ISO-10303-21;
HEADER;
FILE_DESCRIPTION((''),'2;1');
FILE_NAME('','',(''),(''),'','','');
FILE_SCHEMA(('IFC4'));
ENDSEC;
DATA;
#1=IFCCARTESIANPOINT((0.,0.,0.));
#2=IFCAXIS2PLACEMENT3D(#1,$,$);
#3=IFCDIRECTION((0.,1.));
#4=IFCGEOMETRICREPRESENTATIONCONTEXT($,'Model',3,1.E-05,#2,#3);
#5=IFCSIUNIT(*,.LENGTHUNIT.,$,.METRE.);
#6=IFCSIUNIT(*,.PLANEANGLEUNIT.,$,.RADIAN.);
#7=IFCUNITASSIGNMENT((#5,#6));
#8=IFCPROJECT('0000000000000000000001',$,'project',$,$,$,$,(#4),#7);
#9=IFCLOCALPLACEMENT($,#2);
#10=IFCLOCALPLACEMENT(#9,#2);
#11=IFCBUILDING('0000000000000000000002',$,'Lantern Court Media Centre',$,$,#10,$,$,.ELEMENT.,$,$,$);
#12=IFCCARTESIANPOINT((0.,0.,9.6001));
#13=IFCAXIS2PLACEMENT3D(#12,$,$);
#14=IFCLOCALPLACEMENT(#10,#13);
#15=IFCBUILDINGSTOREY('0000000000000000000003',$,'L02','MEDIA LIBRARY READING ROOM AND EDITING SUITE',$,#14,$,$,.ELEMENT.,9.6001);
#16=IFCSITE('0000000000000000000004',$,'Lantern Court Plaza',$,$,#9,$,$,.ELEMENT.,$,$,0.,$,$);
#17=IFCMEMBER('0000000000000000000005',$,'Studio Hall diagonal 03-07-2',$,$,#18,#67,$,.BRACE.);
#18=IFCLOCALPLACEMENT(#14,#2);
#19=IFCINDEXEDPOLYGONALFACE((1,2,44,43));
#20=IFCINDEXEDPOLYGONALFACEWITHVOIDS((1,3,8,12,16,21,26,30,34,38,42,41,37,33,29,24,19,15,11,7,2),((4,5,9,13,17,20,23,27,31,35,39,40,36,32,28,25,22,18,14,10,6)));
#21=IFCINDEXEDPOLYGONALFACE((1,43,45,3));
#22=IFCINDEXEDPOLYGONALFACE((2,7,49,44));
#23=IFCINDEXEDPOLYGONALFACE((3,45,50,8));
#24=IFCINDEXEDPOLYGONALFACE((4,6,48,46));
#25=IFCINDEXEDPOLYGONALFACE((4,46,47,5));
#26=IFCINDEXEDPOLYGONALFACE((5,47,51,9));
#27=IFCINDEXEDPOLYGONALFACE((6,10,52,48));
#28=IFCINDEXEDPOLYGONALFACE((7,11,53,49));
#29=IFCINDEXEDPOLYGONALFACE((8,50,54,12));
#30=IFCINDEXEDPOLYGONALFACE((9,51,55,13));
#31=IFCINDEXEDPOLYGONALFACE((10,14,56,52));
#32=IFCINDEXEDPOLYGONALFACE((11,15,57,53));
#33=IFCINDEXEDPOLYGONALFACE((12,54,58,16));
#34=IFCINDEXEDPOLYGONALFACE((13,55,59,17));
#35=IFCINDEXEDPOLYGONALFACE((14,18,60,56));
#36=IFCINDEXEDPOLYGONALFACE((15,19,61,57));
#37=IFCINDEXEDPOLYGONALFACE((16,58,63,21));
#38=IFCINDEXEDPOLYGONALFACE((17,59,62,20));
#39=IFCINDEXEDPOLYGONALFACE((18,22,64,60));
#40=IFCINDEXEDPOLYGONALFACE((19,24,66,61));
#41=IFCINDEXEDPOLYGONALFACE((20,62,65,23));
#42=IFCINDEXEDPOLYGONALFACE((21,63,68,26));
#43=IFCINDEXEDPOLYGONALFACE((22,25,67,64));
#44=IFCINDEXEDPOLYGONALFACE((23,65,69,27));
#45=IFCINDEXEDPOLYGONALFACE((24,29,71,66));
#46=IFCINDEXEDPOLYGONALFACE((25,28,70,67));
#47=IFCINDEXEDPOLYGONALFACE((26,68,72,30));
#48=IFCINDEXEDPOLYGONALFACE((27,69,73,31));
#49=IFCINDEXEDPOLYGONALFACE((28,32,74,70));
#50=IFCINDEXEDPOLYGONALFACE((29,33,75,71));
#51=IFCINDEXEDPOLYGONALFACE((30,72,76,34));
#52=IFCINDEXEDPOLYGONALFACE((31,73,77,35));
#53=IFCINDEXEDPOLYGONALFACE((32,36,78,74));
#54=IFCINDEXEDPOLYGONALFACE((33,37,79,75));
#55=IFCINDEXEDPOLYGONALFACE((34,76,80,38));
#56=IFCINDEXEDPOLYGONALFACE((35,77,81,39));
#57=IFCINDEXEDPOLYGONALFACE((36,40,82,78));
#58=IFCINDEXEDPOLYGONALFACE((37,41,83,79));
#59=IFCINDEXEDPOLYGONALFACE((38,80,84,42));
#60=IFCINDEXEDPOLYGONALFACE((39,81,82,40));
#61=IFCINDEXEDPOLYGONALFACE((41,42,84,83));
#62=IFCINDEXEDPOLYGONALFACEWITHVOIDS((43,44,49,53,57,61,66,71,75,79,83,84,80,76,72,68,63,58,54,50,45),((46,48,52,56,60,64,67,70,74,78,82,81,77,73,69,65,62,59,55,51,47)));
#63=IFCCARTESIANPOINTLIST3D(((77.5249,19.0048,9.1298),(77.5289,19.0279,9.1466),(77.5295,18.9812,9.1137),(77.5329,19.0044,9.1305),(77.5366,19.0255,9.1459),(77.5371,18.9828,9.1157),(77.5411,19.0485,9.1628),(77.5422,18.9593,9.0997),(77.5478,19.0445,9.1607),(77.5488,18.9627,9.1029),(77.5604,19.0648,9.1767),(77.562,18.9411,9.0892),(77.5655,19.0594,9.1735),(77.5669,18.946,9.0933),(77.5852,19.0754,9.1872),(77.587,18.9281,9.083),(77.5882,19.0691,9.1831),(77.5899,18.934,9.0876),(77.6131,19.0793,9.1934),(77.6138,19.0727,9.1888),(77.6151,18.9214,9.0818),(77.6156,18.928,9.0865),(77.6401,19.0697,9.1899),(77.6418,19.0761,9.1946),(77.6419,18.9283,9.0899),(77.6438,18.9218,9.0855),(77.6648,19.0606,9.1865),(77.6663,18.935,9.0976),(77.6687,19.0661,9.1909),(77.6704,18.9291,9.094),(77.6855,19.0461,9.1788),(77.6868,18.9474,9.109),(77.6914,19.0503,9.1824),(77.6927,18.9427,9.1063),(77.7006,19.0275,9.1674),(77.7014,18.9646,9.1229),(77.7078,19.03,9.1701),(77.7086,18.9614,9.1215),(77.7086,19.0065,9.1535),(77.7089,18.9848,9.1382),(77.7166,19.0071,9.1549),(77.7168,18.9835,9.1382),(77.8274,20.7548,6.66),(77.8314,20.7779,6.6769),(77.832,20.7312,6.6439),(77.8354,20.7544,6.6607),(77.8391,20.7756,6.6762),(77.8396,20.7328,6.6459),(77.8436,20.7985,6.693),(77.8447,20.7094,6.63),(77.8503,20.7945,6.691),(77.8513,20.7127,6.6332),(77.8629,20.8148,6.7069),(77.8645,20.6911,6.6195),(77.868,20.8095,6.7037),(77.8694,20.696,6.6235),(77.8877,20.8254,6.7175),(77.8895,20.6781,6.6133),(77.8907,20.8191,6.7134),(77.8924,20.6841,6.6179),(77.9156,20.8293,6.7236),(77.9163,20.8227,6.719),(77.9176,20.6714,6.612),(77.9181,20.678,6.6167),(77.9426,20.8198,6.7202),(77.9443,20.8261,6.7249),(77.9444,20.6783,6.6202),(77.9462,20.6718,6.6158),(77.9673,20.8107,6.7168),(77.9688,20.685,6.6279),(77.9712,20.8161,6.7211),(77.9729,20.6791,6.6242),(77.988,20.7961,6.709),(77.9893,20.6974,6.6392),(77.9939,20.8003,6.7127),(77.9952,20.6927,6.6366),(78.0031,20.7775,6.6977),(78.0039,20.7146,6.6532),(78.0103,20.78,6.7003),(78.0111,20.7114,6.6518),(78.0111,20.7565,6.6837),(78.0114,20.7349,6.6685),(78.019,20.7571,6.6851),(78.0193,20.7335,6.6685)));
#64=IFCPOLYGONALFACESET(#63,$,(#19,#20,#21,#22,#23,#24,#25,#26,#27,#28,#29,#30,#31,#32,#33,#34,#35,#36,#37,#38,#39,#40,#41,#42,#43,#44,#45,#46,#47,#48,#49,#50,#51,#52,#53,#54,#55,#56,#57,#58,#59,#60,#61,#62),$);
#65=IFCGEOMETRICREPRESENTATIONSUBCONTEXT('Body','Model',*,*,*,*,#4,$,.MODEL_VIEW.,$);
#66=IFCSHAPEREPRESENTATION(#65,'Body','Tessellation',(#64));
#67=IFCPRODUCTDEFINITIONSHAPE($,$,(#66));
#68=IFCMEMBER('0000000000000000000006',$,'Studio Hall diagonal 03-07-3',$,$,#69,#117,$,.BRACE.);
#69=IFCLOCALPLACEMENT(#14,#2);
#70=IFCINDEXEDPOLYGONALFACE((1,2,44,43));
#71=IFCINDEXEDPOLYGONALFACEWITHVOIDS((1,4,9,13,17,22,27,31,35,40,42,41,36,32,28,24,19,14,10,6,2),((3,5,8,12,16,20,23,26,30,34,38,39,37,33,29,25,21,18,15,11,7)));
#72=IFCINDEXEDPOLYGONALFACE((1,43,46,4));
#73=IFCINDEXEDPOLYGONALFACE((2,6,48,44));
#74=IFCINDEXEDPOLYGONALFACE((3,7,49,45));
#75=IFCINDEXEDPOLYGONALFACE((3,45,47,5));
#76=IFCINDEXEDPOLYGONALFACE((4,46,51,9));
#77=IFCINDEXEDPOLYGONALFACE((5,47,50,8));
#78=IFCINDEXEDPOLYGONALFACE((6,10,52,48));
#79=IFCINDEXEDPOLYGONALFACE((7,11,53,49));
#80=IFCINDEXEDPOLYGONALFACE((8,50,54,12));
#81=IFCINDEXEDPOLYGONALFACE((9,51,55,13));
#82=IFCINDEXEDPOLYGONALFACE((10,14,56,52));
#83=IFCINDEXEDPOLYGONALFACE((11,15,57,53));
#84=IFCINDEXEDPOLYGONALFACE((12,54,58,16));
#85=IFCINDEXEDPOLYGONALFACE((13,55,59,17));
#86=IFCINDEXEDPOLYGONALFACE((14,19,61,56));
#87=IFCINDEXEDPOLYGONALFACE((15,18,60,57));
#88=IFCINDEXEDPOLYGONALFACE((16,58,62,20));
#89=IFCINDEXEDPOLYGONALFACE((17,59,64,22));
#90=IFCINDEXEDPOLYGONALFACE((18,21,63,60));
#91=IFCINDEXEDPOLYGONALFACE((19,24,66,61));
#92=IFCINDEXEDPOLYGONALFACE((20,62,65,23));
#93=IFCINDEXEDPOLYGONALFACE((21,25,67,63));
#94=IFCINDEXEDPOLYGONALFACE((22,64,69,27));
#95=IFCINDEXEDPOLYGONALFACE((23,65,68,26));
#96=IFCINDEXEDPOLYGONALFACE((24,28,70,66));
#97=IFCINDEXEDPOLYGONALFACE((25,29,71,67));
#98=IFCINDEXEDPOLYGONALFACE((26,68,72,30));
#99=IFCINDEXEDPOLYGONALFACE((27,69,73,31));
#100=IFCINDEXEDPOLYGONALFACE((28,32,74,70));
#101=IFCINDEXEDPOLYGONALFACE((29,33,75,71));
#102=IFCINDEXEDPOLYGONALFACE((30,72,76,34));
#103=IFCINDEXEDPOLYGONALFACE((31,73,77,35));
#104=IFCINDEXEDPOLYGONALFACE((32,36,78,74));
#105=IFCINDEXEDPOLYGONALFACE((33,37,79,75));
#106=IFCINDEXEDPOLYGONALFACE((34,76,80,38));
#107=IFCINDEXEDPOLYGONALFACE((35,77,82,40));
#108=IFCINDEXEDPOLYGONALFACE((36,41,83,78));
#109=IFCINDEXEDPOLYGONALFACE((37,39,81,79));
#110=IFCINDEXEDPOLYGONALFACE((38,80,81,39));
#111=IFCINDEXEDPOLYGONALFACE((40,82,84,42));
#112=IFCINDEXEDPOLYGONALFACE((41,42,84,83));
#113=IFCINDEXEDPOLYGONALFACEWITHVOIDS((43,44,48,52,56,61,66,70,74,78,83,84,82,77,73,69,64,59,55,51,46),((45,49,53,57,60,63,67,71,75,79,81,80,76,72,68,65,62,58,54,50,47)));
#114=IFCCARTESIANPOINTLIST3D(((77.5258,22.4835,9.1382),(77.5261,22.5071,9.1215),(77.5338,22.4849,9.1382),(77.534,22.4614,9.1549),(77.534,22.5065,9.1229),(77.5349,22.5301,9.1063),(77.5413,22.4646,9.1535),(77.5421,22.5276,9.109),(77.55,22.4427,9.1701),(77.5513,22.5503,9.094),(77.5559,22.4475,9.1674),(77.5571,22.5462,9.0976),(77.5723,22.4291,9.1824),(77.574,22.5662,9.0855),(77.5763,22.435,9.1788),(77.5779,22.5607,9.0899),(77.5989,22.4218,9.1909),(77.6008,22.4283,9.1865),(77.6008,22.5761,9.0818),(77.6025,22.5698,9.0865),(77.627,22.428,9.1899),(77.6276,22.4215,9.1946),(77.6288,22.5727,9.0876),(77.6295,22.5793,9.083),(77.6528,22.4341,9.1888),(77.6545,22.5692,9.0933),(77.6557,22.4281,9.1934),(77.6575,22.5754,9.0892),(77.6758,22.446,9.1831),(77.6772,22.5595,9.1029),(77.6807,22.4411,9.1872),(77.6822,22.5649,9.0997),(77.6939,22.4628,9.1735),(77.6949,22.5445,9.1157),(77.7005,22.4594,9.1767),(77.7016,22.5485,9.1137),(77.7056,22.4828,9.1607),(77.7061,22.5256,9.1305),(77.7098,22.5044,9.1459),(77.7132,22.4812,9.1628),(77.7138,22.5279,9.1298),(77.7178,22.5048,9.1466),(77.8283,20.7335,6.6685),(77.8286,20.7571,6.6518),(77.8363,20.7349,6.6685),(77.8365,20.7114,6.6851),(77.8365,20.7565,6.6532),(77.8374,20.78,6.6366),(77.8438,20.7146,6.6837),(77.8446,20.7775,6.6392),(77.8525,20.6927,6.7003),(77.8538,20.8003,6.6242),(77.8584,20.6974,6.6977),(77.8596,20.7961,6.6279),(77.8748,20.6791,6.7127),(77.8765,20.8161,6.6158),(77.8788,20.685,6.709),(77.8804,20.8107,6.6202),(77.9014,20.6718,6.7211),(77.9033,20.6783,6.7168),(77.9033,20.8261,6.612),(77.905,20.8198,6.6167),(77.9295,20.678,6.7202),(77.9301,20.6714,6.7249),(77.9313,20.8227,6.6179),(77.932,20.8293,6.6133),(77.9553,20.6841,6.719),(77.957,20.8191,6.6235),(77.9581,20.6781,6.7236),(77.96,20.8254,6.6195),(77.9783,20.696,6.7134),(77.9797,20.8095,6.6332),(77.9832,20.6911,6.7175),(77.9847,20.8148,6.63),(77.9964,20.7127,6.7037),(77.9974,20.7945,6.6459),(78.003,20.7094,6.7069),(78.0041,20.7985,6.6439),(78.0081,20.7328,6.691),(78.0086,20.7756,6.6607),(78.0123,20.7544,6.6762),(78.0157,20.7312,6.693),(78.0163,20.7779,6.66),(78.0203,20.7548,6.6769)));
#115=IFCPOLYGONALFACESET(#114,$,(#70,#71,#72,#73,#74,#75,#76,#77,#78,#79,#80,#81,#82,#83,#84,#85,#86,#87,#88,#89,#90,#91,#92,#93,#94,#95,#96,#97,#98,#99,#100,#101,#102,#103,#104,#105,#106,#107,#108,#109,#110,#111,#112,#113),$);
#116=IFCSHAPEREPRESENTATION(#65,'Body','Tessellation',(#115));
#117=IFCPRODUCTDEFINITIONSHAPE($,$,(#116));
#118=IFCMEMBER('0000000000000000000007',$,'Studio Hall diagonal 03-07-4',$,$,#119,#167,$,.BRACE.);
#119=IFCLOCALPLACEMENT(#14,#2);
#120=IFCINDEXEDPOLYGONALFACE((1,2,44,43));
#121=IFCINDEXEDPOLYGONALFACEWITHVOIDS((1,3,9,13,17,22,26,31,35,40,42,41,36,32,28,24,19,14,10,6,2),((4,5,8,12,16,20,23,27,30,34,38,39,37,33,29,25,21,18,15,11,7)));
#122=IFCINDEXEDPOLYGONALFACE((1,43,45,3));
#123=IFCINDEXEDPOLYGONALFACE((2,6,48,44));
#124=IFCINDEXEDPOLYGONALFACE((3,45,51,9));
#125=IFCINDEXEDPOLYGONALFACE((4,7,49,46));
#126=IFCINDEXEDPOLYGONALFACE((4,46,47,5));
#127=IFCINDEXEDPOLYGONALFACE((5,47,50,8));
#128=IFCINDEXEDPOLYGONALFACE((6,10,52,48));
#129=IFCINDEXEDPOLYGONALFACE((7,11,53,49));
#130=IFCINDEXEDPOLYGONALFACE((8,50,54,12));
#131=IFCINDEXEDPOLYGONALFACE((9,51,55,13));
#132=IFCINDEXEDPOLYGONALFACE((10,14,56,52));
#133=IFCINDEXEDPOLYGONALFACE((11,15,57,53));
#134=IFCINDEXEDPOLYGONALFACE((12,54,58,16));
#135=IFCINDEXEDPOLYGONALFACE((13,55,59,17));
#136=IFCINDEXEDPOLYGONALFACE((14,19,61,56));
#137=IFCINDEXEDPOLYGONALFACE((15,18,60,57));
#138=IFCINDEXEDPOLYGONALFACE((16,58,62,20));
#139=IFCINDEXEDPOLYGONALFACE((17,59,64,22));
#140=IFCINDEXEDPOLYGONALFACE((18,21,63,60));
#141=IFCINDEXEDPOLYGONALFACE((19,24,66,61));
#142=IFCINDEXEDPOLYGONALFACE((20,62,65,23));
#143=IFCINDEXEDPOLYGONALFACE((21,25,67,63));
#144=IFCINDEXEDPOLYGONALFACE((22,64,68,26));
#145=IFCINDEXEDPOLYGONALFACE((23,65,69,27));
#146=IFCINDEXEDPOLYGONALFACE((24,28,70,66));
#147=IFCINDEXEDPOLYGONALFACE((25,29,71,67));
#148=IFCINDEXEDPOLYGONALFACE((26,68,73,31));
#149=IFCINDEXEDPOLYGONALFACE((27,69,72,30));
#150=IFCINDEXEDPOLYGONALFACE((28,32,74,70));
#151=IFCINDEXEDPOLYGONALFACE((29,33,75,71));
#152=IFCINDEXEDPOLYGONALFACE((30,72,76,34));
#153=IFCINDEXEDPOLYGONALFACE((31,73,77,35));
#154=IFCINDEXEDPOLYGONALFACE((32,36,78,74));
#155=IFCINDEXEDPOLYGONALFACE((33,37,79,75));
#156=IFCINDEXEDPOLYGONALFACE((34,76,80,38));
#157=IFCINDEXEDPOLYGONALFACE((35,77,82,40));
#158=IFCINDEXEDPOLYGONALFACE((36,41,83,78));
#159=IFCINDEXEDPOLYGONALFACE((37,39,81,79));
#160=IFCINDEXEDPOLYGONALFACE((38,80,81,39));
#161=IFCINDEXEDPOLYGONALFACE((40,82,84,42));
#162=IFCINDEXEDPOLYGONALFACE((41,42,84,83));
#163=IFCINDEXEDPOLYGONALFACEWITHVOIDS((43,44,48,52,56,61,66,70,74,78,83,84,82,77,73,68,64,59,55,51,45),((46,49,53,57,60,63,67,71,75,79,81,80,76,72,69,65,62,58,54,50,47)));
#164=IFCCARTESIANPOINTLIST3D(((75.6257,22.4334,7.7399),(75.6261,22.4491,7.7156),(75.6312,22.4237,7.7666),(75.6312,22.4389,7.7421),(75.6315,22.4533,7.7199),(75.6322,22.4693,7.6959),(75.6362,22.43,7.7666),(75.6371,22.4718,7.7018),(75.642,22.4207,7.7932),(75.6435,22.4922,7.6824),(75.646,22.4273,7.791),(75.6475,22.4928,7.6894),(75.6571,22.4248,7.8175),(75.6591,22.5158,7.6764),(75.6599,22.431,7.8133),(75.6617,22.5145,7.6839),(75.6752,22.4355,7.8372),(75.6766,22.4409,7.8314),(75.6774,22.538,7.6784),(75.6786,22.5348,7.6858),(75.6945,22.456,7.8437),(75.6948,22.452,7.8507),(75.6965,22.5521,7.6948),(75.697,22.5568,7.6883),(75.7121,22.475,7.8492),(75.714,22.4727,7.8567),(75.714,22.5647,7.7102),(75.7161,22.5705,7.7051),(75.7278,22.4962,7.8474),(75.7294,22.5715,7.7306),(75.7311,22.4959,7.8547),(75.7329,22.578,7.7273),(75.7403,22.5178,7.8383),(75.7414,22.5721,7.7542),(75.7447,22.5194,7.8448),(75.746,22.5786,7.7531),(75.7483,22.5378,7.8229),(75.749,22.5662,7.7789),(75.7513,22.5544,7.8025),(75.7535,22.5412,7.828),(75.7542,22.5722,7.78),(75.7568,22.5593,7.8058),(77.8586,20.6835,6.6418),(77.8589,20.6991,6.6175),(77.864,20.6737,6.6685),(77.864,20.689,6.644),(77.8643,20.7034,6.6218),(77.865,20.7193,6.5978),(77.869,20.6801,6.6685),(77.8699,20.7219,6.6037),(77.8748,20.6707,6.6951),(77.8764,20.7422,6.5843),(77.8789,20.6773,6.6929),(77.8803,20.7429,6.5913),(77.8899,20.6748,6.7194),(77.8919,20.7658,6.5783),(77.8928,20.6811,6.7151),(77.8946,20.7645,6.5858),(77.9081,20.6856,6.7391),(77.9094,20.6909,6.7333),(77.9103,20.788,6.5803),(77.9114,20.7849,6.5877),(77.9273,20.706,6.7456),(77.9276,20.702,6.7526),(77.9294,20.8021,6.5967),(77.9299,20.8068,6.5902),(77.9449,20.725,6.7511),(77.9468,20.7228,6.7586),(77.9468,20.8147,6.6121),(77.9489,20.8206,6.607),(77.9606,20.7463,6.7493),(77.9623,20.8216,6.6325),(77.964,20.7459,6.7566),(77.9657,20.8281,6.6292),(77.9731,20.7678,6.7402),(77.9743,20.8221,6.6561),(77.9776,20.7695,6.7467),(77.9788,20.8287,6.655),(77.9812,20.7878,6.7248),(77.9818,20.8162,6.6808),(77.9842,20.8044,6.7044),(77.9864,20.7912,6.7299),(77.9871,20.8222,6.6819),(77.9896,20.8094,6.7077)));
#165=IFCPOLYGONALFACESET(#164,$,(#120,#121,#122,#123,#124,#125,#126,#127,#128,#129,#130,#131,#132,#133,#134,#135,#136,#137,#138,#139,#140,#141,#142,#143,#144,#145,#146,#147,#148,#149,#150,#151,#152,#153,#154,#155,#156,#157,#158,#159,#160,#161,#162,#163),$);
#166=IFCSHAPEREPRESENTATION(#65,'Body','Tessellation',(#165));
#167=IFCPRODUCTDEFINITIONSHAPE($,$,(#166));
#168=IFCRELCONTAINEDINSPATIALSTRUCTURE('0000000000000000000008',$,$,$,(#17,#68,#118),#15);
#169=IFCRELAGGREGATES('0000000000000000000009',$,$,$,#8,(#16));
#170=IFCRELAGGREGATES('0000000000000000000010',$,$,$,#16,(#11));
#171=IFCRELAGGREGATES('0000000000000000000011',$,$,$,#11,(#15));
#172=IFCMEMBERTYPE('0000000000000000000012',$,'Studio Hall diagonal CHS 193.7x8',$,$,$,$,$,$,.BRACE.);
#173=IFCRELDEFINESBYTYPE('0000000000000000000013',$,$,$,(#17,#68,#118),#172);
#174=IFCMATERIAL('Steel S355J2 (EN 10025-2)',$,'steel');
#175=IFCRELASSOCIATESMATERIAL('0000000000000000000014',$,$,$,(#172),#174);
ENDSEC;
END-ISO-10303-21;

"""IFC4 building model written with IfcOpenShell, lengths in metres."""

from ifc_helpers import new_model, si_unit, direction, frame, origin, origin_2d, place, context, subcontext, project, spatial, hollow_circle, extrude, material, material_profile, profile_set, type_object, element, save


model = new_model("IFC4")

# Units and contexts
model_context = context("Model", 3, precision=1e-05, world=origin(), true_north=direction((0.0, 1.0)))
body_context = subcontext(model_context, "Body", "Model", "MODEL_VIEW")
ifc_project = project(units=[si_unit("LENGTHUNIT", "METRE"), si_unit("PLANEANGLEUNIT", "RADIAN")], contexts=[model_context])

# Site, building, storey
site_placement = place(None, origin())
site = spatial("IfcSite", under=ifc_project, at=site_placement, Name="Lantern Court Plaza", CompositionType="ELEMENT", RefElevation=0.0)
building_placement = place(site_placement, origin())
building = spatial("IfcBuilding", under=site, at=building_placement, Name="Lantern Court Media Centre", CompositionType="ELEMENT")
storey_placement = place(building_placement, frame((0.0, 0.0, 9.6001)))
storey = spatial("IfcBuildingStorey", under=building, at=storey_placement, Name="L02", Description="MEDIA LIBRARY READING ROOM AND EDITING SUITE", CompositionType="ELEMENT", Elevation=9.6001)

# Members
ifc_material = material(Name="Steel S355J2 (EN 10025-2)", Category="steel")
ifc_material_profile_1 = material_profile(ifc_material, hollow_circle(Radius=0.0969, WallThickness=0.0081, at=origin_2d()), Name="Studio Hall diagonal CHS 193.7x8")
ifc_profile_set_1 = profile_set([ifc_material_profile_1], Name="Steel S355J2 (EN 10025-2)")
member_type_1 = type_object("IfcMemberType", Name="Studio Hall diagonal CHS 193.7x8", PredefinedType="BRACE", material=ifc_profile_set_1)
for number, where, z_axis, x_axis, name in (
    (1, (77.9238, 20.75, 6.6685), (-0.099439, -0.575286, 0.811885), (0.985388, -0.170326, 0.0), "Studio Hall diagonal 03-07-2"),
    (2, (77.9238, 20.75, 6.6685), (-0.099439, 0.575286, 0.811885), (-0.985388, -0.170326, 0.0), "Studio Hall diagonal 03-07-3"),
    (3, (77.9238, 20.75, 6.6685), (-0.734005, 0.575262, 0.360984), (-0.616856, -0.787076, 0.0), "Studio Hall diagonal 03-07-4"),
):
    element("IfcMember", number, at=place(storey_placement, frame(where, z_axis=z_axis, x_axis=x_axis)), inside=storey, type_object=member_type_1, Name=name, PredefinedType="BRACE", context=body_context, shape_type="SweptSolid", body=[
        extrude(hollow_circle(Radius=0.0969, WallThickness=0.0081, at=origin_2d()), origin(), (0.0, 0.0, 1.0), 3.042),
    ])

save(model, "model.ifc")
